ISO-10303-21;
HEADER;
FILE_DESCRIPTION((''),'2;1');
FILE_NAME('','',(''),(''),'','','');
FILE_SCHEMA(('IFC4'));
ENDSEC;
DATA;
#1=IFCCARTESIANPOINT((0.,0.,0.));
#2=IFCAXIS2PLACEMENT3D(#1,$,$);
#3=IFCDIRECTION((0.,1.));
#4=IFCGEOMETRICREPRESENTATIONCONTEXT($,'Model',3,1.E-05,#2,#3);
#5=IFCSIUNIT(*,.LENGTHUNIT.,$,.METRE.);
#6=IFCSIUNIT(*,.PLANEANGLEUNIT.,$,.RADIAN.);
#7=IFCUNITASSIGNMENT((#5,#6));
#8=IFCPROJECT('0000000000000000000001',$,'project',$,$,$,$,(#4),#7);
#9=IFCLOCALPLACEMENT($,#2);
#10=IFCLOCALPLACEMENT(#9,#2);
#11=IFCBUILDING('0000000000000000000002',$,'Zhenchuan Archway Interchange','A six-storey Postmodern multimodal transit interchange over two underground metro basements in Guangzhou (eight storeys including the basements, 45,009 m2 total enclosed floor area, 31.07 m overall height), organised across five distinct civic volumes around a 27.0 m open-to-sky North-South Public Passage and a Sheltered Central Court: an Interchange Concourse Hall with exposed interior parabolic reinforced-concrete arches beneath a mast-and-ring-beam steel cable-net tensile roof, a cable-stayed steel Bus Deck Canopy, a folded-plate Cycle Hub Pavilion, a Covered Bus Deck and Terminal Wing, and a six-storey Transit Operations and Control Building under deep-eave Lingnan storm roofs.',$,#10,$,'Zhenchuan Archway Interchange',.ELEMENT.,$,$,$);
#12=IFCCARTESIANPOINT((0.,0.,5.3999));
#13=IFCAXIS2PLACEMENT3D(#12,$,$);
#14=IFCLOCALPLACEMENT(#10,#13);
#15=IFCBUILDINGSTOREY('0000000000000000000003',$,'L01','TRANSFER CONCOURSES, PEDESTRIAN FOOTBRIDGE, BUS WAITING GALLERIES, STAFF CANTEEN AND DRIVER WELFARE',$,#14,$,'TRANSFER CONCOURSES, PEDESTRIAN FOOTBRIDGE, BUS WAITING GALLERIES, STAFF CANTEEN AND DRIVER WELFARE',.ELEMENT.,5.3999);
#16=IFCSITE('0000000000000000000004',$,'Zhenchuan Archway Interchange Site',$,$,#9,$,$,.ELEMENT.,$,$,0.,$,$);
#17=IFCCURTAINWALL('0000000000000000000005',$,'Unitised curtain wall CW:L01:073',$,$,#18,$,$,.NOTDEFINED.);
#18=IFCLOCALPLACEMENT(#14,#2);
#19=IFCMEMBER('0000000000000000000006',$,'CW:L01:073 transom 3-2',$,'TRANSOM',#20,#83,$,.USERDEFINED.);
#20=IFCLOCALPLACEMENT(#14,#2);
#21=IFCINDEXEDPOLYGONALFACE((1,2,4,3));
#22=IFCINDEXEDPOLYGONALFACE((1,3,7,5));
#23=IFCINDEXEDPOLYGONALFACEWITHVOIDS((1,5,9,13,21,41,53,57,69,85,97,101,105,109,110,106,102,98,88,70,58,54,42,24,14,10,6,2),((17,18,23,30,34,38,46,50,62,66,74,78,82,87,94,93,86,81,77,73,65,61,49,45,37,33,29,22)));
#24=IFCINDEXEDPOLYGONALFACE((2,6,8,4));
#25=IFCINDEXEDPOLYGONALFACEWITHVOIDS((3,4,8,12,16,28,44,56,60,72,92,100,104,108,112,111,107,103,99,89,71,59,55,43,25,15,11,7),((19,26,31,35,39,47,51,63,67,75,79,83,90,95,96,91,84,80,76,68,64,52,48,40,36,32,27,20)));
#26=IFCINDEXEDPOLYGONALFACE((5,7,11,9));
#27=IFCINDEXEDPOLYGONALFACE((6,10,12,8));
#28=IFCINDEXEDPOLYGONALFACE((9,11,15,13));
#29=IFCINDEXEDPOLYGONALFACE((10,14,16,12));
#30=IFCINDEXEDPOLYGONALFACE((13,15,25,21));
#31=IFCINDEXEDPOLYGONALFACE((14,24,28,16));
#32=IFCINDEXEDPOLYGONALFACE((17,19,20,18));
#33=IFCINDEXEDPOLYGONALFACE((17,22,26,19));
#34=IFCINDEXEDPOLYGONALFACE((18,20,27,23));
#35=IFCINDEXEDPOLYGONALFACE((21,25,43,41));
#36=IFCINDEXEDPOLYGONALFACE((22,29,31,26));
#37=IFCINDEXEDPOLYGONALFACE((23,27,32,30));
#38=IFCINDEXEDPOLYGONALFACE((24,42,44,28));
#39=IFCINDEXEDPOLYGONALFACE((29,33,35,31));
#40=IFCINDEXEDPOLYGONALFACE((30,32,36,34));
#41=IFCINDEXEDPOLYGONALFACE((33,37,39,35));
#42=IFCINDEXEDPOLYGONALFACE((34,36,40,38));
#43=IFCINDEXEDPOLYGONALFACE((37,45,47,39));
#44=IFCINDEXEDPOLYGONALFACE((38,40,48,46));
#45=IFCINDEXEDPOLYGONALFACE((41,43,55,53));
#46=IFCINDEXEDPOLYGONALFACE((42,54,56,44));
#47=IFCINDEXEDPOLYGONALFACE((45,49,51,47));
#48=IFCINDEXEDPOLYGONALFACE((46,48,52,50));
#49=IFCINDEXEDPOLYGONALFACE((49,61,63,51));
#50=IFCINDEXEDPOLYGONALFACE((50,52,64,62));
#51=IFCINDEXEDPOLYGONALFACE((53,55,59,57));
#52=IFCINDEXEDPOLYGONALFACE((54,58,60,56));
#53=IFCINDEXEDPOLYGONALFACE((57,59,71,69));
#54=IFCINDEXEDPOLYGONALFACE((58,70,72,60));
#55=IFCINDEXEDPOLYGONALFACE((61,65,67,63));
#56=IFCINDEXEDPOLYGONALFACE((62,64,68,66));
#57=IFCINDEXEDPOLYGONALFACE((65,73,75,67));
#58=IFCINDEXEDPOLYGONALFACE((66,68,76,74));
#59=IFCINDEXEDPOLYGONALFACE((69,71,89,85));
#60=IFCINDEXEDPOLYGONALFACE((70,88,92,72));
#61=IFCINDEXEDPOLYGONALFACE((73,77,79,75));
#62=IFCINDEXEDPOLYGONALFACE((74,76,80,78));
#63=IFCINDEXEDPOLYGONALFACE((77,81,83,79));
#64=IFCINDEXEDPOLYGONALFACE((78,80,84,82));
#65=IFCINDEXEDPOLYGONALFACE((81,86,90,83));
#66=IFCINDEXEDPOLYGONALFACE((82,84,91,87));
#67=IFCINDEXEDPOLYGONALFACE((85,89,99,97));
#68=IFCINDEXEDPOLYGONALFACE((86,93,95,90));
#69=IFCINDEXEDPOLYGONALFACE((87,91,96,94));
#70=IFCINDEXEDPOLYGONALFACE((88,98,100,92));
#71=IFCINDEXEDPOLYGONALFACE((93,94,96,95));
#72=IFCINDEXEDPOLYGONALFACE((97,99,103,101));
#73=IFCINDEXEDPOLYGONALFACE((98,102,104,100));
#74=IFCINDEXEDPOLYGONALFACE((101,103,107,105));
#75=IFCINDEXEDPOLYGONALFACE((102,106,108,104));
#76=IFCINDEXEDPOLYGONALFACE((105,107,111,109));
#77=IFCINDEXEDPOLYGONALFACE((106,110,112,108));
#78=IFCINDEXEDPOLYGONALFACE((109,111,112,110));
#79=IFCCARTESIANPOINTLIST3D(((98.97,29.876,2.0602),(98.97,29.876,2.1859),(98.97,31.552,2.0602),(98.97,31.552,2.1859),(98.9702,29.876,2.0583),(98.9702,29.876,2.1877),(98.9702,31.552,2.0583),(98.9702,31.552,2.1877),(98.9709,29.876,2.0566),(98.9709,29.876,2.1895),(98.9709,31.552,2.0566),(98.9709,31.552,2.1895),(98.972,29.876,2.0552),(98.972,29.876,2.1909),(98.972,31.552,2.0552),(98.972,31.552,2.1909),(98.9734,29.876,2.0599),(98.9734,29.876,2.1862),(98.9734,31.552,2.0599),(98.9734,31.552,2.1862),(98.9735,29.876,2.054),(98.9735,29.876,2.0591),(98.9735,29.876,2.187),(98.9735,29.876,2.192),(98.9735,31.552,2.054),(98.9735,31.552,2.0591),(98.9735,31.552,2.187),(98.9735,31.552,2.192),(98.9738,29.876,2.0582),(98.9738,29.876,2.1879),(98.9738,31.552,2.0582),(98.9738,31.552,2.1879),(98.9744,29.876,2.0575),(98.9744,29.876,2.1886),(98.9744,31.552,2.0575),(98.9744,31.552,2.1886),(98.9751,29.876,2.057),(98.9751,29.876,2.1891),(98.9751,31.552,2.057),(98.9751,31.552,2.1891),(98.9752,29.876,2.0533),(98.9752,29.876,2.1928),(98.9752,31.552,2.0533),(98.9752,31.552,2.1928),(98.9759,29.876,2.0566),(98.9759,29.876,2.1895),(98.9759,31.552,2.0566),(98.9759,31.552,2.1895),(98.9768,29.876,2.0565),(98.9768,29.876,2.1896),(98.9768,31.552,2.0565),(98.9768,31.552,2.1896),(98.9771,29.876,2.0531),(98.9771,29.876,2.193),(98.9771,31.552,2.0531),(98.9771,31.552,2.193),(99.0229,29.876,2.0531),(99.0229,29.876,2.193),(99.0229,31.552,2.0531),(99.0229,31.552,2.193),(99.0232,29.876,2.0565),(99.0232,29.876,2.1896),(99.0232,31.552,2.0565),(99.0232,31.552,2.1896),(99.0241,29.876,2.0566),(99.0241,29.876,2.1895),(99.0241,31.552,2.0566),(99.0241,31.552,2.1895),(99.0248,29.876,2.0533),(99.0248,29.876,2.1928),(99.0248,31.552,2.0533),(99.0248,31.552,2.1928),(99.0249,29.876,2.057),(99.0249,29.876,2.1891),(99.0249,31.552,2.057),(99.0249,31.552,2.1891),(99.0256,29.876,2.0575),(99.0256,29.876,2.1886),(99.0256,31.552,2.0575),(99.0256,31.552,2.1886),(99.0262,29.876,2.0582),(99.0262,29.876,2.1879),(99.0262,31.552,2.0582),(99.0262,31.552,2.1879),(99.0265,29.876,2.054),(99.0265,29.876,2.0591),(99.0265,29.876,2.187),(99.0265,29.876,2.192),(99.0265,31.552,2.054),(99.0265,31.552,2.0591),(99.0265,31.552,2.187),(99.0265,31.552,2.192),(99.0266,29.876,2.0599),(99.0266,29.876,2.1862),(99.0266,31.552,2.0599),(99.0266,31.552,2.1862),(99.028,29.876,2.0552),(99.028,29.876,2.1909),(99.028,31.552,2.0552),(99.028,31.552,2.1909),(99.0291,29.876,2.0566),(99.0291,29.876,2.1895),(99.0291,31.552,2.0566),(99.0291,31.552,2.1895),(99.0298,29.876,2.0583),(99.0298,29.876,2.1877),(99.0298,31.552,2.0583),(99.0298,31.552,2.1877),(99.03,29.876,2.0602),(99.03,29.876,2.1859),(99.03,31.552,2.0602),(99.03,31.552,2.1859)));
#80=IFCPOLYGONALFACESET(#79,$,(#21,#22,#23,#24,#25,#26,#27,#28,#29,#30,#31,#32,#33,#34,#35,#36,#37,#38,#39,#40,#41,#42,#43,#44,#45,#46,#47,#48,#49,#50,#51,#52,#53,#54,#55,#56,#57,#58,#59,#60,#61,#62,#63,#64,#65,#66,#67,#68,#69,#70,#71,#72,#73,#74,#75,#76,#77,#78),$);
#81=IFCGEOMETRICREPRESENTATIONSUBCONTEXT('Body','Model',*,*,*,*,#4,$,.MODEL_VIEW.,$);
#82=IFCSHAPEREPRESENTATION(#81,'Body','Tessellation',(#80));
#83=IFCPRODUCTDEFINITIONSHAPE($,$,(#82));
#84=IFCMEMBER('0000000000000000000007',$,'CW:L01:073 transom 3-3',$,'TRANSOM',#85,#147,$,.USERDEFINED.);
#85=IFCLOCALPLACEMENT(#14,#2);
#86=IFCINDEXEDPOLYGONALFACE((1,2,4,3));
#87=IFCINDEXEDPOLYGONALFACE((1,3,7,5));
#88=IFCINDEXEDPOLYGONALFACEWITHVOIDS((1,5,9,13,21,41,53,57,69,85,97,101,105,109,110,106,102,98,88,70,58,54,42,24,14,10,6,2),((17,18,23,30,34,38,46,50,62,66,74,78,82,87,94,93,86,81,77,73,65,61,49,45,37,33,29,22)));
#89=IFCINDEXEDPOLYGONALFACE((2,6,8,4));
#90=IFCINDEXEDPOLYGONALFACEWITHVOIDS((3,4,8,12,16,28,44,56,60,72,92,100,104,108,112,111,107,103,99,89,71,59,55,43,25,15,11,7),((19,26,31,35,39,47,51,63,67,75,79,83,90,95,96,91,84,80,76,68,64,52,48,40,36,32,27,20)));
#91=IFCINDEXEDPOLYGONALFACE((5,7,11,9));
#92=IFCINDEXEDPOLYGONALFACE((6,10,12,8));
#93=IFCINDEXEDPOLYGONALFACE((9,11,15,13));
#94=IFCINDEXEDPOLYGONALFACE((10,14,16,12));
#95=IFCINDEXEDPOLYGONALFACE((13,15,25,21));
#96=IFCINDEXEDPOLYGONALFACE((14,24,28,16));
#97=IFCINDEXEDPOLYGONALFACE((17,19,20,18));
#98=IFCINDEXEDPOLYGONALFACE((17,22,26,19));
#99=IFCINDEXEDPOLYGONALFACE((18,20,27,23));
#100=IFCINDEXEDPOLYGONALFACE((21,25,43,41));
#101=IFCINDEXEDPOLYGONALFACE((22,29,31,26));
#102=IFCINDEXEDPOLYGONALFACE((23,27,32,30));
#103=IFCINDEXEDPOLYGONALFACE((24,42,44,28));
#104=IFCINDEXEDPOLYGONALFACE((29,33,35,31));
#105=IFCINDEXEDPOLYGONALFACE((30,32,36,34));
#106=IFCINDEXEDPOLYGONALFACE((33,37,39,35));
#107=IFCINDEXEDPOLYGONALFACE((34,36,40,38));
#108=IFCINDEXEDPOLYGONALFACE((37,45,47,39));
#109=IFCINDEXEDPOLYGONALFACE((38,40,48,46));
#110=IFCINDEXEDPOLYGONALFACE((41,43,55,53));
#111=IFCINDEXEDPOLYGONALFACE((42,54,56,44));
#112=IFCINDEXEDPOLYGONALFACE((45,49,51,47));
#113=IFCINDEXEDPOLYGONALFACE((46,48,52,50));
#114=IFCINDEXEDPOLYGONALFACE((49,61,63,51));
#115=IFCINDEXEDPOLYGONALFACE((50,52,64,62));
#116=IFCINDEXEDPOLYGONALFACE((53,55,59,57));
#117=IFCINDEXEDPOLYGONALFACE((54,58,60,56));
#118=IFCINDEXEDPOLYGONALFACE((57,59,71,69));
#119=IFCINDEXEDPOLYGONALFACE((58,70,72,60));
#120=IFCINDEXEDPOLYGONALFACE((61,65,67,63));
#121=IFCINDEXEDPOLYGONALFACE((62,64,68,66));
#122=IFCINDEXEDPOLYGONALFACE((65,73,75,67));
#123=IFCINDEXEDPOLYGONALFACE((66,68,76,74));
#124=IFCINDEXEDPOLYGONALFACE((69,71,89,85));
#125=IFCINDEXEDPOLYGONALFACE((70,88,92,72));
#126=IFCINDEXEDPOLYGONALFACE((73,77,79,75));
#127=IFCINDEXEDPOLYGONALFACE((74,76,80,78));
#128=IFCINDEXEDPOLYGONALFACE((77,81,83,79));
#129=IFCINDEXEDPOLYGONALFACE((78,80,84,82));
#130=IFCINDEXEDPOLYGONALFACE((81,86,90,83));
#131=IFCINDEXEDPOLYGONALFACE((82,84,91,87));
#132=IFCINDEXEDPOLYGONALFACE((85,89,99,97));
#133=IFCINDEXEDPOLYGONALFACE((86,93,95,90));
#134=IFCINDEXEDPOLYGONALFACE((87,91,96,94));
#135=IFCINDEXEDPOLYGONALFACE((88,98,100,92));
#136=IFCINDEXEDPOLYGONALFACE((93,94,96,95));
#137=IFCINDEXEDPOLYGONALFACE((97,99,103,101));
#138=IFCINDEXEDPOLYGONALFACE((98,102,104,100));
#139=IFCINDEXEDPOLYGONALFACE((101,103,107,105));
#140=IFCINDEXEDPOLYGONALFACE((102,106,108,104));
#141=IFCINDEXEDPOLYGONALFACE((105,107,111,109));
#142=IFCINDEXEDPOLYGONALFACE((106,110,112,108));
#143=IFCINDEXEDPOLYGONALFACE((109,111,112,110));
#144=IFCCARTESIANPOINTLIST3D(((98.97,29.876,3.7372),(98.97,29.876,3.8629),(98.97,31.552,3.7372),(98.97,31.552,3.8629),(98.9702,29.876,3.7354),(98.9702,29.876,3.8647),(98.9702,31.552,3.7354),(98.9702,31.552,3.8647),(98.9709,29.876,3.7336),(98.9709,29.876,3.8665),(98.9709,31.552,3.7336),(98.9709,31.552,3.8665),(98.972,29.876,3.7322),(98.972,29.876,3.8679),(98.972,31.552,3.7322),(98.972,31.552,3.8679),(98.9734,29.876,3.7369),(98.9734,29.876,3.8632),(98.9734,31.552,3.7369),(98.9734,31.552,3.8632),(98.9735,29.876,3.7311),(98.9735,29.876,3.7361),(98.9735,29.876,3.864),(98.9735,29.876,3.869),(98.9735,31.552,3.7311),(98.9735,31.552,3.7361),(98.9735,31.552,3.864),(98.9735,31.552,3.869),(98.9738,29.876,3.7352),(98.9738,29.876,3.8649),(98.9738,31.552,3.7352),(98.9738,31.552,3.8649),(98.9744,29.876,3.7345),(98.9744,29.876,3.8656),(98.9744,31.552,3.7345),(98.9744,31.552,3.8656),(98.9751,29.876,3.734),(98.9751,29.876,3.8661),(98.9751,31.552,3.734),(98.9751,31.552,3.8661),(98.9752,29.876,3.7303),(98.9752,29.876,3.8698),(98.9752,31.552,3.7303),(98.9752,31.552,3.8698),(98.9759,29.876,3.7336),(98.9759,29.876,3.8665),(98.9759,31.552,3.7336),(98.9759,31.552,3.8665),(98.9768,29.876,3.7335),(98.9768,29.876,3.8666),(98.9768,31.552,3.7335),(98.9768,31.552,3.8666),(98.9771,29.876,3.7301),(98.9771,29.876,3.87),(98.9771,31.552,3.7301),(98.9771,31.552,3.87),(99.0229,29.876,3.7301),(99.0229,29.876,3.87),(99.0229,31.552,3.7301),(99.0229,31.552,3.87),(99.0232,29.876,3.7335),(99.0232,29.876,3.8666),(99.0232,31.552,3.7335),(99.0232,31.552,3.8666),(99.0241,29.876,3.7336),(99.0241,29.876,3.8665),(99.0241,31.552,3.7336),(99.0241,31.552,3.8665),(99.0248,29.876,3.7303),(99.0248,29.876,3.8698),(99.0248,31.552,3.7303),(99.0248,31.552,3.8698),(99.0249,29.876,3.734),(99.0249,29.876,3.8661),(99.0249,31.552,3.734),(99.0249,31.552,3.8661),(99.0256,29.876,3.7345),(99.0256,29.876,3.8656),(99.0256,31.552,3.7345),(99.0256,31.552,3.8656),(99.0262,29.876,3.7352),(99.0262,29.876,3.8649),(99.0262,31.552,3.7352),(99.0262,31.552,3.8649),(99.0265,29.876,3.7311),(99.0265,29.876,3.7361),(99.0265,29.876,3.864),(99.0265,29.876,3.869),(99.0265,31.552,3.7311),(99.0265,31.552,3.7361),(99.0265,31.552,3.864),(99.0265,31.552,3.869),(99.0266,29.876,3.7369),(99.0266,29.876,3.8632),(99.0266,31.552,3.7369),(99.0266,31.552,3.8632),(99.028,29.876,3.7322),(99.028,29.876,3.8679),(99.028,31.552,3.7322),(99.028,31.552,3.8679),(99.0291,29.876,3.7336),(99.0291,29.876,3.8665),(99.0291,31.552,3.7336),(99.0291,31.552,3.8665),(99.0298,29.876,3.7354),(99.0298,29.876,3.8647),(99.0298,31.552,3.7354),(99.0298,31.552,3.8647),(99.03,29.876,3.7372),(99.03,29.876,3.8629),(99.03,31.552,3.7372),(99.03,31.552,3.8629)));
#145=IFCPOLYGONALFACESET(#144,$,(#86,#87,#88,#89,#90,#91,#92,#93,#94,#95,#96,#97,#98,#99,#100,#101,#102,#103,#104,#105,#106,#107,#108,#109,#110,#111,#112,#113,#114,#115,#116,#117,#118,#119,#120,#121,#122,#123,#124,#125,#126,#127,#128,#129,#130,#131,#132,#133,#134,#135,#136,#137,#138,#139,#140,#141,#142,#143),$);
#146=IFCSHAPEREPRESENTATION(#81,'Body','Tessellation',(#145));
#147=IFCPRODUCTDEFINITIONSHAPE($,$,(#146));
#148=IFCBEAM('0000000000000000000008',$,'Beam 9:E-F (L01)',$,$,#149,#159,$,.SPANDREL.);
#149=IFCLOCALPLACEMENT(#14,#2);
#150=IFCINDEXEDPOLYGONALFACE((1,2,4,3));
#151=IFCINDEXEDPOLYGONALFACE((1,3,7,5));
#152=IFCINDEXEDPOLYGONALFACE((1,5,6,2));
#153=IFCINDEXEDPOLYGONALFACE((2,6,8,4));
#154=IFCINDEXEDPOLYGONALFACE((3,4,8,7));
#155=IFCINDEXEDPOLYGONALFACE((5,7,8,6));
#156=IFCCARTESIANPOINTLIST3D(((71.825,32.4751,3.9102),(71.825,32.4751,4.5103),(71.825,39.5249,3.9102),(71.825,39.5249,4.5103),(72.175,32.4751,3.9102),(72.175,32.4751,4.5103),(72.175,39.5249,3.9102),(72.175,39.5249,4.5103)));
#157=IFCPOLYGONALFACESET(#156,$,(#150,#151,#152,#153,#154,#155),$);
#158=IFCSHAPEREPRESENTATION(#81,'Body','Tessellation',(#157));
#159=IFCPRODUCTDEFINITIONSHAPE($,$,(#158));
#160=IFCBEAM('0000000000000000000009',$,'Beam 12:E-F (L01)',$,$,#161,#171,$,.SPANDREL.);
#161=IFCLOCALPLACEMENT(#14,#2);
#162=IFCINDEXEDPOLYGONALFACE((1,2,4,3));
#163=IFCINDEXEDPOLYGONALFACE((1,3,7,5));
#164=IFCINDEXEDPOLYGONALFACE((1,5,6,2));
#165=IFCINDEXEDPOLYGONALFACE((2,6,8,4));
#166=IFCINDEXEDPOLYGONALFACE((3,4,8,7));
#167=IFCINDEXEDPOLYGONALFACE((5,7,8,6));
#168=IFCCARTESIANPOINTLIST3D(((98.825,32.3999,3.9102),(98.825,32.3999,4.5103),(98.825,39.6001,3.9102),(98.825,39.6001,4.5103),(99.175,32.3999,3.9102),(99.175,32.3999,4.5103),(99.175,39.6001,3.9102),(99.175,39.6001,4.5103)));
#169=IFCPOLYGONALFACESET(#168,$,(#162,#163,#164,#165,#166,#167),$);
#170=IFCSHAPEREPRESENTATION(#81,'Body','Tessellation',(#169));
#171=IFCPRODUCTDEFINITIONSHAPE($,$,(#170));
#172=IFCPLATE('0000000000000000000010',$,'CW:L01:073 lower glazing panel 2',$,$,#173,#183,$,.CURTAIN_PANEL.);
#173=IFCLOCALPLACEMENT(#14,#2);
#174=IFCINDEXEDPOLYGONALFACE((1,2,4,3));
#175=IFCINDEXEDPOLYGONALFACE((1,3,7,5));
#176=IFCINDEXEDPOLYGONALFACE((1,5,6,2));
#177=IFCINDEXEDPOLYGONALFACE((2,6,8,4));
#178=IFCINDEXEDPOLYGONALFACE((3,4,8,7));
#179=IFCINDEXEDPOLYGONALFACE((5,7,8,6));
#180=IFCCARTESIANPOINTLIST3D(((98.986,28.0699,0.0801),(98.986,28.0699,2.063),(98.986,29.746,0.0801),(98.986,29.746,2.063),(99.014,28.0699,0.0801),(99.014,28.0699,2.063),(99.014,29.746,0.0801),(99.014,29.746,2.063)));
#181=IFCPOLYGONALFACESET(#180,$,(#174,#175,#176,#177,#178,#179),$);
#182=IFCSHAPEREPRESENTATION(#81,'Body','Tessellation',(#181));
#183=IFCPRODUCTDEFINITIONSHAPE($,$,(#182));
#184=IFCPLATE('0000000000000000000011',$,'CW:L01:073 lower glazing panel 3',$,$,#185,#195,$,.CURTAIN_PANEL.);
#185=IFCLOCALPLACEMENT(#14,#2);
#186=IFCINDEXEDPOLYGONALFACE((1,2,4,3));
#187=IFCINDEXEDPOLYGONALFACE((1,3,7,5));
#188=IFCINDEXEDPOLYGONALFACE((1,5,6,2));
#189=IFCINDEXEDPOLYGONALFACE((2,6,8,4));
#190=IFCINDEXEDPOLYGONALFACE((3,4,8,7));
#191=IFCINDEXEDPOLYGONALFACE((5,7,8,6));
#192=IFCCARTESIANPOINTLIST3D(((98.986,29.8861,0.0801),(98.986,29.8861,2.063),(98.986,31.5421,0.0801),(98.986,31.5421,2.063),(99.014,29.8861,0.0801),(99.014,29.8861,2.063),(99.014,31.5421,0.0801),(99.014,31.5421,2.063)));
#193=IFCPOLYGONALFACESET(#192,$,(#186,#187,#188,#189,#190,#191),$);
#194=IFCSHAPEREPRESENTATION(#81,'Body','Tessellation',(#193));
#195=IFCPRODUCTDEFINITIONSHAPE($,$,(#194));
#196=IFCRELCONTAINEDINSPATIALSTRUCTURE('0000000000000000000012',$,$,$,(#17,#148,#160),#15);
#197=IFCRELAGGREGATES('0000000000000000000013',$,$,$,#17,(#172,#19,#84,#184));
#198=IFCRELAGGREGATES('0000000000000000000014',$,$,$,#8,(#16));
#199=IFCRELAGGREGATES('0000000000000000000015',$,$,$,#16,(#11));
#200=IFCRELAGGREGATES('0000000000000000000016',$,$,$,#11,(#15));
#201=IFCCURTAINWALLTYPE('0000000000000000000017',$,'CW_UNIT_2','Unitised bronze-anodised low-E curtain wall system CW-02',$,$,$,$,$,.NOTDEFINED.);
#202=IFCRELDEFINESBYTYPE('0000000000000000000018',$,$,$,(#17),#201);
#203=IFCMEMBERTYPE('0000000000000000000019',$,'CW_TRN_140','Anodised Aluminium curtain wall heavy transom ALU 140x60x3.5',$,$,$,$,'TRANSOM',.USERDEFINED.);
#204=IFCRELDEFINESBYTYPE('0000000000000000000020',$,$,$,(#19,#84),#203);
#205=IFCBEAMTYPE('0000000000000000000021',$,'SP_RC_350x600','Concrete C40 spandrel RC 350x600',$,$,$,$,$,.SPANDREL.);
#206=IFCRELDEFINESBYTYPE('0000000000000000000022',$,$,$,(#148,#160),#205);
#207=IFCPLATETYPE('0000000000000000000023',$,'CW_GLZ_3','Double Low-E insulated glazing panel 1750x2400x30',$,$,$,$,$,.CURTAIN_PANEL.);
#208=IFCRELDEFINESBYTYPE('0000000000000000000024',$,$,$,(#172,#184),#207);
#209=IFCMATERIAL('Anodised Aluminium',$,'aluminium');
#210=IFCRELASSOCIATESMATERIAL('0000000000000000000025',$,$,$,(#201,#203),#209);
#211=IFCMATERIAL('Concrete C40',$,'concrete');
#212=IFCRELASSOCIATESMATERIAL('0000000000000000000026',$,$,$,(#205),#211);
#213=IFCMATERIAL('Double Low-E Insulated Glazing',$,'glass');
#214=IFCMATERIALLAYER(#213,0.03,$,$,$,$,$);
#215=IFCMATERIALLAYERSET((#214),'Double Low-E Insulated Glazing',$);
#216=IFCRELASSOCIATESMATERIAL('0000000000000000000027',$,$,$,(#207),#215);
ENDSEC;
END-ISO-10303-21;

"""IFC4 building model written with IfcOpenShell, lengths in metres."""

from ifc_helpers import new_model, si_unit, direction, frame, origin, origin_2d, place, context, subcontext, project, spatial, rectangle, hollow_rectangle, extrude, material, layer, layer_set, material_profile, profile_set, type_object, element, aggregate, save


model = new_model("IFC4")

# Units and contexts
model_context = context("Model", 3, precision=1e-05, world=origin(), true_north=direction((0.0, 1.0)))
body_context = subcontext(model_context, "Body", "Model", "MODEL_VIEW")
ifc_project = project(units=[si_unit("LENGTHUNIT", "METRE"), si_unit("PLANEANGLEUNIT", "RADIAN")], contexts=[model_context])

# Site, building, storey
site_placement = place(None, origin())
site = spatial("IfcSite", under=ifc_project, at=site_placement, Name="Zhenchuan Archway Interchange Site", CompositionType="ELEMENT", RefElevation=0.0)
building_placement = place(site_placement, origin())
building = spatial("IfcBuilding", under=site, at=building_placement, Name="Zhenchuan Archway Interchange", Description="A six-storey Postmodern multimodal transit interchange over two underground metro basements in Guangzhou (eight storeys including the basements, 45,009 m2 total enclosed floor area, 31.07 m overall height), organised across five distinct civic volumes around a 27.0 m open-to-sky North-South Public Passage and a Sheltered Central Court: an Interchange Concourse Hall with exposed interior parabolic reinforced-concrete arches beneath a mast-and-ring-beam steel cable-net tensile roof, a cable-stayed steel Bus Deck Canopy, a folded-plate Cycle Hub Pavilion, a Covered Bus Deck and Terminal Wing, and a six-storey Transit Operations and Control Building under deep-eave Lingnan storm roofs.", LongName="Zhenchuan Archway Interchange", CompositionType="ELEMENT")
storey_placement = place(building_placement, frame((0.0, 0.0, 5.3999)))
storey = spatial("IfcBuildingStorey", under=building, at=storey_placement, Name="L01", Description="TRANSFER CONCOURSES, PEDESTRIAN FOOTBRIDGE, BUS WAITING GALLERIES, STAFF CANTEEN AND DRIVER WELFARE", LongName="TRANSFER CONCOURSES, PEDESTRIAN FOOTBRIDGE, BUS WAITING GALLERIES, STAFF CANTEEN AND DRIVER WELFARE", CompositionType="ELEMENT", Elevation=5.3999)

# Shared definitions
ifc_material_1 = material(Name="Concrete C40", Category="concrete")

# Curtain wall, members
ifc_material_2 = material(Name="Anodised Aluminium", Category="aluminium")
curtain_wall_type = type_object("IfcCurtainWallType", Name="CW_UNIT_2", Description="Unitised bronze-anodised low-E curtain wall system CW-02", PredefinedType="NOTDEFINED", material=ifc_material_2)
curtain_wall_placement = place(storey_placement, origin())
curtain_wall = element("IfcCurtainWall", 1, at=curtain_wall_placement, inside=storey, type_object=curtain_wall_type, Name="Unitised curtain wall CW:L01:073", PredefinedType="NOTDEFINED")
ifc_material_profile_1 = material_profile(ifc_material_2, hollow_rectangle(XDim=0.0601, YDim=0.1399, WallThickness=0.0034, InnerFilletRadius=0.0034, OuterFilletRadius=0.0071, at=origin_2d()), Name="ALU 140x60x3.5")
ifc_profile_set_1 = profile_set([ifc_material_profile_1], Name="Anodised Aluminium")
member_type_1 = type_object("IfcMemberType", Name="CW_TRN_140", Description="Anodised Aluminium curtain wall heavy transom ALU 140x60x3.5", ElementType="TRANSOM", PredefinedType="USERDEFINED", material=ifc_profile_set_1)
member_1_placement = place(storey_placement, frame((99.0, 29.876, 2.123), z_axis=(0.0, 1.0, 0.0), x_axis=(-1.0, 0.0, 0.0)))
member_1 = element("IfcMember", 2, at=member_1_placement, type_object=member_type_1, Name="CW:L01:073 transom 3-2", ObjectType="TRANSOM", PredefinedType="USERDEFINED", context=body_context, shape_type="SweptSolid", body=[
    extrude(hollow_rectangle(XDim=0.0601, YDim=0.1399, WallThickness=0.0034, InnerFilletRadius=0.0034, OuterFilletRadius=0.0071, at=origin_2d()), origin(), (0.0, 0.0, 1.0), 1.676),
])
member_2_placement = place(storey_placement, frame((99.0, 29.876, 3.8), z_axis=(0.0, 1.0, 0.0), x_axis=(-1.0, 0.0, 0.0)))
member_2 = element("IfcMember", 3, at=member_2_placement, type_object=member_type_1, Name="CW:L01:073 transom 3-3", ObjectType="TRANSOM", PredefinedType="USERDEFINED", context=body_context, shape_type="SweptSolid", body=[
    extrude(hollow_rectangle(XDim=0.0601, YDim=0.1399, WallThickness=0.0034, InnerFilletRadius=0.0034, OuterFilletRadius=0.0071, at=origin_2d()), origin(), (0.0, 0.0, 1.0), 1.676),
])

# Beams
ifc_material_profile_2 = material_profile(ifc_material_1, rectangle(XDim=0.3501, YDim=0.6001, at=origin_2d()), Name="RC 350x600")
ifc_profile_set_2 = profile_set([ifc_material_profile_2], Name="Concrete C40")
beam_type = type_object("IfcBeamType", Name="SP_RC_350x600", Description="Concrete C40 spandrel RC 350x600", PredefinedType="SPANDREL", material=ifc_profile_set_2)
beam_1_placement = place(storey_placement, frame((72.0, 32.4751, 4.2102), z_axis=(0.0, 1.0, 0.0), x_axis=(-1.0, 0.0, 0.0)))
element("IfcBeam", 4, at=beam_1_placement, inside=storey, type_object=beam_type, Name="Beam 9:E-F (L01)", PredefinedType="SPANDREL", context=body_context, shape_type="SweptSolid", body=[
    extrude(rectangle(XDim=0.3501, YDim=0.6001, at=origin_2d()), origin(), (0.0, 0.0, 1.0), 7.0498),
])
beam_2_placement = place(storey_placement, frame((99.0, 32.3999, 4.2102), z_axis=(0.0, 1.0, 0.0), x_axis=(-1.0, 0.0, 0.0)))
element("IfcBeam", 5, at=beam_2_placement, inside=storey, type_object=beam_type, Name="Beam 12:E-F (L01)", PredefinedType="SPANDREL", context=body_context, shape_type="SweptSolid", body=[
    extrude(rectangle(XDim=0.3501, YDim=0.6001, at=origin_2d()), origin(), (0.0, 0.0, 1.0), 7.2002),
])

# Plates
ifc_material_3 = material(Name="Double Low-E Insulated Glazing", Category="glass")
ifc_layer_1 = layer(ifc_material_3, 0.03)
ifc_layer_set_1 = layer_set([ifc_layer_1], Name="Double Low-E Insulated Glazing")
plate_type_1 = type_object("IfcPlateType", Name="CW_GLZ_3", Description="Double Low-E insulated glazing panel 1750x2400x30", PredefinedType="CURTAIN_PANEL", material=ifc_layer_set_1)
plate_1_placement = place(storey_placement, frame((99.0, 28.908, 0.0801), z_axis=(0.0, 0.0, 1.0), x_axis=(0.0, 1.0, 0.0)))
plate_1 = element("IfcPlate", 6, at=plate_1_placement, type_object=plate_type_1, Name="CW:L01:073 lower glazing panel 2", PredefinedType="CURTAIN_PANEL", context=body_context, shape_type="SweptSolid", body=[
    extrude(rectangle(XDim=1.676, YDim=0.0281, at=origin_2d()), origin(), (0.0, 0.0, 1.0), 1.9829),
])
plate_2_placement = place(storey_placement, frame((99.0, 30.7141, 0.0801), z_axis=(0.0, 0.0, 1.0), x_axis=(0.0, 1.0, 0.0)))
plate_2 = element("IfcPlate", 7, at=plate_2_placement, type_object=plate_type_1, Name="CW:L01:073 lower glazing panel 3", PredefinedType="CURTAIN_PANEL", context=body_context, shape_type="SweptSolid", body=[
    extrude(rectangle(XDim=1.656, YDim=0.0281, at=origin_2d()), origin(), (0.0, 0.0, 1.0), 1.9829),
])
aggregate(curtain_wall, [plate_1, member_1, member_2, plate_2])

save(model, "model.ifc")
